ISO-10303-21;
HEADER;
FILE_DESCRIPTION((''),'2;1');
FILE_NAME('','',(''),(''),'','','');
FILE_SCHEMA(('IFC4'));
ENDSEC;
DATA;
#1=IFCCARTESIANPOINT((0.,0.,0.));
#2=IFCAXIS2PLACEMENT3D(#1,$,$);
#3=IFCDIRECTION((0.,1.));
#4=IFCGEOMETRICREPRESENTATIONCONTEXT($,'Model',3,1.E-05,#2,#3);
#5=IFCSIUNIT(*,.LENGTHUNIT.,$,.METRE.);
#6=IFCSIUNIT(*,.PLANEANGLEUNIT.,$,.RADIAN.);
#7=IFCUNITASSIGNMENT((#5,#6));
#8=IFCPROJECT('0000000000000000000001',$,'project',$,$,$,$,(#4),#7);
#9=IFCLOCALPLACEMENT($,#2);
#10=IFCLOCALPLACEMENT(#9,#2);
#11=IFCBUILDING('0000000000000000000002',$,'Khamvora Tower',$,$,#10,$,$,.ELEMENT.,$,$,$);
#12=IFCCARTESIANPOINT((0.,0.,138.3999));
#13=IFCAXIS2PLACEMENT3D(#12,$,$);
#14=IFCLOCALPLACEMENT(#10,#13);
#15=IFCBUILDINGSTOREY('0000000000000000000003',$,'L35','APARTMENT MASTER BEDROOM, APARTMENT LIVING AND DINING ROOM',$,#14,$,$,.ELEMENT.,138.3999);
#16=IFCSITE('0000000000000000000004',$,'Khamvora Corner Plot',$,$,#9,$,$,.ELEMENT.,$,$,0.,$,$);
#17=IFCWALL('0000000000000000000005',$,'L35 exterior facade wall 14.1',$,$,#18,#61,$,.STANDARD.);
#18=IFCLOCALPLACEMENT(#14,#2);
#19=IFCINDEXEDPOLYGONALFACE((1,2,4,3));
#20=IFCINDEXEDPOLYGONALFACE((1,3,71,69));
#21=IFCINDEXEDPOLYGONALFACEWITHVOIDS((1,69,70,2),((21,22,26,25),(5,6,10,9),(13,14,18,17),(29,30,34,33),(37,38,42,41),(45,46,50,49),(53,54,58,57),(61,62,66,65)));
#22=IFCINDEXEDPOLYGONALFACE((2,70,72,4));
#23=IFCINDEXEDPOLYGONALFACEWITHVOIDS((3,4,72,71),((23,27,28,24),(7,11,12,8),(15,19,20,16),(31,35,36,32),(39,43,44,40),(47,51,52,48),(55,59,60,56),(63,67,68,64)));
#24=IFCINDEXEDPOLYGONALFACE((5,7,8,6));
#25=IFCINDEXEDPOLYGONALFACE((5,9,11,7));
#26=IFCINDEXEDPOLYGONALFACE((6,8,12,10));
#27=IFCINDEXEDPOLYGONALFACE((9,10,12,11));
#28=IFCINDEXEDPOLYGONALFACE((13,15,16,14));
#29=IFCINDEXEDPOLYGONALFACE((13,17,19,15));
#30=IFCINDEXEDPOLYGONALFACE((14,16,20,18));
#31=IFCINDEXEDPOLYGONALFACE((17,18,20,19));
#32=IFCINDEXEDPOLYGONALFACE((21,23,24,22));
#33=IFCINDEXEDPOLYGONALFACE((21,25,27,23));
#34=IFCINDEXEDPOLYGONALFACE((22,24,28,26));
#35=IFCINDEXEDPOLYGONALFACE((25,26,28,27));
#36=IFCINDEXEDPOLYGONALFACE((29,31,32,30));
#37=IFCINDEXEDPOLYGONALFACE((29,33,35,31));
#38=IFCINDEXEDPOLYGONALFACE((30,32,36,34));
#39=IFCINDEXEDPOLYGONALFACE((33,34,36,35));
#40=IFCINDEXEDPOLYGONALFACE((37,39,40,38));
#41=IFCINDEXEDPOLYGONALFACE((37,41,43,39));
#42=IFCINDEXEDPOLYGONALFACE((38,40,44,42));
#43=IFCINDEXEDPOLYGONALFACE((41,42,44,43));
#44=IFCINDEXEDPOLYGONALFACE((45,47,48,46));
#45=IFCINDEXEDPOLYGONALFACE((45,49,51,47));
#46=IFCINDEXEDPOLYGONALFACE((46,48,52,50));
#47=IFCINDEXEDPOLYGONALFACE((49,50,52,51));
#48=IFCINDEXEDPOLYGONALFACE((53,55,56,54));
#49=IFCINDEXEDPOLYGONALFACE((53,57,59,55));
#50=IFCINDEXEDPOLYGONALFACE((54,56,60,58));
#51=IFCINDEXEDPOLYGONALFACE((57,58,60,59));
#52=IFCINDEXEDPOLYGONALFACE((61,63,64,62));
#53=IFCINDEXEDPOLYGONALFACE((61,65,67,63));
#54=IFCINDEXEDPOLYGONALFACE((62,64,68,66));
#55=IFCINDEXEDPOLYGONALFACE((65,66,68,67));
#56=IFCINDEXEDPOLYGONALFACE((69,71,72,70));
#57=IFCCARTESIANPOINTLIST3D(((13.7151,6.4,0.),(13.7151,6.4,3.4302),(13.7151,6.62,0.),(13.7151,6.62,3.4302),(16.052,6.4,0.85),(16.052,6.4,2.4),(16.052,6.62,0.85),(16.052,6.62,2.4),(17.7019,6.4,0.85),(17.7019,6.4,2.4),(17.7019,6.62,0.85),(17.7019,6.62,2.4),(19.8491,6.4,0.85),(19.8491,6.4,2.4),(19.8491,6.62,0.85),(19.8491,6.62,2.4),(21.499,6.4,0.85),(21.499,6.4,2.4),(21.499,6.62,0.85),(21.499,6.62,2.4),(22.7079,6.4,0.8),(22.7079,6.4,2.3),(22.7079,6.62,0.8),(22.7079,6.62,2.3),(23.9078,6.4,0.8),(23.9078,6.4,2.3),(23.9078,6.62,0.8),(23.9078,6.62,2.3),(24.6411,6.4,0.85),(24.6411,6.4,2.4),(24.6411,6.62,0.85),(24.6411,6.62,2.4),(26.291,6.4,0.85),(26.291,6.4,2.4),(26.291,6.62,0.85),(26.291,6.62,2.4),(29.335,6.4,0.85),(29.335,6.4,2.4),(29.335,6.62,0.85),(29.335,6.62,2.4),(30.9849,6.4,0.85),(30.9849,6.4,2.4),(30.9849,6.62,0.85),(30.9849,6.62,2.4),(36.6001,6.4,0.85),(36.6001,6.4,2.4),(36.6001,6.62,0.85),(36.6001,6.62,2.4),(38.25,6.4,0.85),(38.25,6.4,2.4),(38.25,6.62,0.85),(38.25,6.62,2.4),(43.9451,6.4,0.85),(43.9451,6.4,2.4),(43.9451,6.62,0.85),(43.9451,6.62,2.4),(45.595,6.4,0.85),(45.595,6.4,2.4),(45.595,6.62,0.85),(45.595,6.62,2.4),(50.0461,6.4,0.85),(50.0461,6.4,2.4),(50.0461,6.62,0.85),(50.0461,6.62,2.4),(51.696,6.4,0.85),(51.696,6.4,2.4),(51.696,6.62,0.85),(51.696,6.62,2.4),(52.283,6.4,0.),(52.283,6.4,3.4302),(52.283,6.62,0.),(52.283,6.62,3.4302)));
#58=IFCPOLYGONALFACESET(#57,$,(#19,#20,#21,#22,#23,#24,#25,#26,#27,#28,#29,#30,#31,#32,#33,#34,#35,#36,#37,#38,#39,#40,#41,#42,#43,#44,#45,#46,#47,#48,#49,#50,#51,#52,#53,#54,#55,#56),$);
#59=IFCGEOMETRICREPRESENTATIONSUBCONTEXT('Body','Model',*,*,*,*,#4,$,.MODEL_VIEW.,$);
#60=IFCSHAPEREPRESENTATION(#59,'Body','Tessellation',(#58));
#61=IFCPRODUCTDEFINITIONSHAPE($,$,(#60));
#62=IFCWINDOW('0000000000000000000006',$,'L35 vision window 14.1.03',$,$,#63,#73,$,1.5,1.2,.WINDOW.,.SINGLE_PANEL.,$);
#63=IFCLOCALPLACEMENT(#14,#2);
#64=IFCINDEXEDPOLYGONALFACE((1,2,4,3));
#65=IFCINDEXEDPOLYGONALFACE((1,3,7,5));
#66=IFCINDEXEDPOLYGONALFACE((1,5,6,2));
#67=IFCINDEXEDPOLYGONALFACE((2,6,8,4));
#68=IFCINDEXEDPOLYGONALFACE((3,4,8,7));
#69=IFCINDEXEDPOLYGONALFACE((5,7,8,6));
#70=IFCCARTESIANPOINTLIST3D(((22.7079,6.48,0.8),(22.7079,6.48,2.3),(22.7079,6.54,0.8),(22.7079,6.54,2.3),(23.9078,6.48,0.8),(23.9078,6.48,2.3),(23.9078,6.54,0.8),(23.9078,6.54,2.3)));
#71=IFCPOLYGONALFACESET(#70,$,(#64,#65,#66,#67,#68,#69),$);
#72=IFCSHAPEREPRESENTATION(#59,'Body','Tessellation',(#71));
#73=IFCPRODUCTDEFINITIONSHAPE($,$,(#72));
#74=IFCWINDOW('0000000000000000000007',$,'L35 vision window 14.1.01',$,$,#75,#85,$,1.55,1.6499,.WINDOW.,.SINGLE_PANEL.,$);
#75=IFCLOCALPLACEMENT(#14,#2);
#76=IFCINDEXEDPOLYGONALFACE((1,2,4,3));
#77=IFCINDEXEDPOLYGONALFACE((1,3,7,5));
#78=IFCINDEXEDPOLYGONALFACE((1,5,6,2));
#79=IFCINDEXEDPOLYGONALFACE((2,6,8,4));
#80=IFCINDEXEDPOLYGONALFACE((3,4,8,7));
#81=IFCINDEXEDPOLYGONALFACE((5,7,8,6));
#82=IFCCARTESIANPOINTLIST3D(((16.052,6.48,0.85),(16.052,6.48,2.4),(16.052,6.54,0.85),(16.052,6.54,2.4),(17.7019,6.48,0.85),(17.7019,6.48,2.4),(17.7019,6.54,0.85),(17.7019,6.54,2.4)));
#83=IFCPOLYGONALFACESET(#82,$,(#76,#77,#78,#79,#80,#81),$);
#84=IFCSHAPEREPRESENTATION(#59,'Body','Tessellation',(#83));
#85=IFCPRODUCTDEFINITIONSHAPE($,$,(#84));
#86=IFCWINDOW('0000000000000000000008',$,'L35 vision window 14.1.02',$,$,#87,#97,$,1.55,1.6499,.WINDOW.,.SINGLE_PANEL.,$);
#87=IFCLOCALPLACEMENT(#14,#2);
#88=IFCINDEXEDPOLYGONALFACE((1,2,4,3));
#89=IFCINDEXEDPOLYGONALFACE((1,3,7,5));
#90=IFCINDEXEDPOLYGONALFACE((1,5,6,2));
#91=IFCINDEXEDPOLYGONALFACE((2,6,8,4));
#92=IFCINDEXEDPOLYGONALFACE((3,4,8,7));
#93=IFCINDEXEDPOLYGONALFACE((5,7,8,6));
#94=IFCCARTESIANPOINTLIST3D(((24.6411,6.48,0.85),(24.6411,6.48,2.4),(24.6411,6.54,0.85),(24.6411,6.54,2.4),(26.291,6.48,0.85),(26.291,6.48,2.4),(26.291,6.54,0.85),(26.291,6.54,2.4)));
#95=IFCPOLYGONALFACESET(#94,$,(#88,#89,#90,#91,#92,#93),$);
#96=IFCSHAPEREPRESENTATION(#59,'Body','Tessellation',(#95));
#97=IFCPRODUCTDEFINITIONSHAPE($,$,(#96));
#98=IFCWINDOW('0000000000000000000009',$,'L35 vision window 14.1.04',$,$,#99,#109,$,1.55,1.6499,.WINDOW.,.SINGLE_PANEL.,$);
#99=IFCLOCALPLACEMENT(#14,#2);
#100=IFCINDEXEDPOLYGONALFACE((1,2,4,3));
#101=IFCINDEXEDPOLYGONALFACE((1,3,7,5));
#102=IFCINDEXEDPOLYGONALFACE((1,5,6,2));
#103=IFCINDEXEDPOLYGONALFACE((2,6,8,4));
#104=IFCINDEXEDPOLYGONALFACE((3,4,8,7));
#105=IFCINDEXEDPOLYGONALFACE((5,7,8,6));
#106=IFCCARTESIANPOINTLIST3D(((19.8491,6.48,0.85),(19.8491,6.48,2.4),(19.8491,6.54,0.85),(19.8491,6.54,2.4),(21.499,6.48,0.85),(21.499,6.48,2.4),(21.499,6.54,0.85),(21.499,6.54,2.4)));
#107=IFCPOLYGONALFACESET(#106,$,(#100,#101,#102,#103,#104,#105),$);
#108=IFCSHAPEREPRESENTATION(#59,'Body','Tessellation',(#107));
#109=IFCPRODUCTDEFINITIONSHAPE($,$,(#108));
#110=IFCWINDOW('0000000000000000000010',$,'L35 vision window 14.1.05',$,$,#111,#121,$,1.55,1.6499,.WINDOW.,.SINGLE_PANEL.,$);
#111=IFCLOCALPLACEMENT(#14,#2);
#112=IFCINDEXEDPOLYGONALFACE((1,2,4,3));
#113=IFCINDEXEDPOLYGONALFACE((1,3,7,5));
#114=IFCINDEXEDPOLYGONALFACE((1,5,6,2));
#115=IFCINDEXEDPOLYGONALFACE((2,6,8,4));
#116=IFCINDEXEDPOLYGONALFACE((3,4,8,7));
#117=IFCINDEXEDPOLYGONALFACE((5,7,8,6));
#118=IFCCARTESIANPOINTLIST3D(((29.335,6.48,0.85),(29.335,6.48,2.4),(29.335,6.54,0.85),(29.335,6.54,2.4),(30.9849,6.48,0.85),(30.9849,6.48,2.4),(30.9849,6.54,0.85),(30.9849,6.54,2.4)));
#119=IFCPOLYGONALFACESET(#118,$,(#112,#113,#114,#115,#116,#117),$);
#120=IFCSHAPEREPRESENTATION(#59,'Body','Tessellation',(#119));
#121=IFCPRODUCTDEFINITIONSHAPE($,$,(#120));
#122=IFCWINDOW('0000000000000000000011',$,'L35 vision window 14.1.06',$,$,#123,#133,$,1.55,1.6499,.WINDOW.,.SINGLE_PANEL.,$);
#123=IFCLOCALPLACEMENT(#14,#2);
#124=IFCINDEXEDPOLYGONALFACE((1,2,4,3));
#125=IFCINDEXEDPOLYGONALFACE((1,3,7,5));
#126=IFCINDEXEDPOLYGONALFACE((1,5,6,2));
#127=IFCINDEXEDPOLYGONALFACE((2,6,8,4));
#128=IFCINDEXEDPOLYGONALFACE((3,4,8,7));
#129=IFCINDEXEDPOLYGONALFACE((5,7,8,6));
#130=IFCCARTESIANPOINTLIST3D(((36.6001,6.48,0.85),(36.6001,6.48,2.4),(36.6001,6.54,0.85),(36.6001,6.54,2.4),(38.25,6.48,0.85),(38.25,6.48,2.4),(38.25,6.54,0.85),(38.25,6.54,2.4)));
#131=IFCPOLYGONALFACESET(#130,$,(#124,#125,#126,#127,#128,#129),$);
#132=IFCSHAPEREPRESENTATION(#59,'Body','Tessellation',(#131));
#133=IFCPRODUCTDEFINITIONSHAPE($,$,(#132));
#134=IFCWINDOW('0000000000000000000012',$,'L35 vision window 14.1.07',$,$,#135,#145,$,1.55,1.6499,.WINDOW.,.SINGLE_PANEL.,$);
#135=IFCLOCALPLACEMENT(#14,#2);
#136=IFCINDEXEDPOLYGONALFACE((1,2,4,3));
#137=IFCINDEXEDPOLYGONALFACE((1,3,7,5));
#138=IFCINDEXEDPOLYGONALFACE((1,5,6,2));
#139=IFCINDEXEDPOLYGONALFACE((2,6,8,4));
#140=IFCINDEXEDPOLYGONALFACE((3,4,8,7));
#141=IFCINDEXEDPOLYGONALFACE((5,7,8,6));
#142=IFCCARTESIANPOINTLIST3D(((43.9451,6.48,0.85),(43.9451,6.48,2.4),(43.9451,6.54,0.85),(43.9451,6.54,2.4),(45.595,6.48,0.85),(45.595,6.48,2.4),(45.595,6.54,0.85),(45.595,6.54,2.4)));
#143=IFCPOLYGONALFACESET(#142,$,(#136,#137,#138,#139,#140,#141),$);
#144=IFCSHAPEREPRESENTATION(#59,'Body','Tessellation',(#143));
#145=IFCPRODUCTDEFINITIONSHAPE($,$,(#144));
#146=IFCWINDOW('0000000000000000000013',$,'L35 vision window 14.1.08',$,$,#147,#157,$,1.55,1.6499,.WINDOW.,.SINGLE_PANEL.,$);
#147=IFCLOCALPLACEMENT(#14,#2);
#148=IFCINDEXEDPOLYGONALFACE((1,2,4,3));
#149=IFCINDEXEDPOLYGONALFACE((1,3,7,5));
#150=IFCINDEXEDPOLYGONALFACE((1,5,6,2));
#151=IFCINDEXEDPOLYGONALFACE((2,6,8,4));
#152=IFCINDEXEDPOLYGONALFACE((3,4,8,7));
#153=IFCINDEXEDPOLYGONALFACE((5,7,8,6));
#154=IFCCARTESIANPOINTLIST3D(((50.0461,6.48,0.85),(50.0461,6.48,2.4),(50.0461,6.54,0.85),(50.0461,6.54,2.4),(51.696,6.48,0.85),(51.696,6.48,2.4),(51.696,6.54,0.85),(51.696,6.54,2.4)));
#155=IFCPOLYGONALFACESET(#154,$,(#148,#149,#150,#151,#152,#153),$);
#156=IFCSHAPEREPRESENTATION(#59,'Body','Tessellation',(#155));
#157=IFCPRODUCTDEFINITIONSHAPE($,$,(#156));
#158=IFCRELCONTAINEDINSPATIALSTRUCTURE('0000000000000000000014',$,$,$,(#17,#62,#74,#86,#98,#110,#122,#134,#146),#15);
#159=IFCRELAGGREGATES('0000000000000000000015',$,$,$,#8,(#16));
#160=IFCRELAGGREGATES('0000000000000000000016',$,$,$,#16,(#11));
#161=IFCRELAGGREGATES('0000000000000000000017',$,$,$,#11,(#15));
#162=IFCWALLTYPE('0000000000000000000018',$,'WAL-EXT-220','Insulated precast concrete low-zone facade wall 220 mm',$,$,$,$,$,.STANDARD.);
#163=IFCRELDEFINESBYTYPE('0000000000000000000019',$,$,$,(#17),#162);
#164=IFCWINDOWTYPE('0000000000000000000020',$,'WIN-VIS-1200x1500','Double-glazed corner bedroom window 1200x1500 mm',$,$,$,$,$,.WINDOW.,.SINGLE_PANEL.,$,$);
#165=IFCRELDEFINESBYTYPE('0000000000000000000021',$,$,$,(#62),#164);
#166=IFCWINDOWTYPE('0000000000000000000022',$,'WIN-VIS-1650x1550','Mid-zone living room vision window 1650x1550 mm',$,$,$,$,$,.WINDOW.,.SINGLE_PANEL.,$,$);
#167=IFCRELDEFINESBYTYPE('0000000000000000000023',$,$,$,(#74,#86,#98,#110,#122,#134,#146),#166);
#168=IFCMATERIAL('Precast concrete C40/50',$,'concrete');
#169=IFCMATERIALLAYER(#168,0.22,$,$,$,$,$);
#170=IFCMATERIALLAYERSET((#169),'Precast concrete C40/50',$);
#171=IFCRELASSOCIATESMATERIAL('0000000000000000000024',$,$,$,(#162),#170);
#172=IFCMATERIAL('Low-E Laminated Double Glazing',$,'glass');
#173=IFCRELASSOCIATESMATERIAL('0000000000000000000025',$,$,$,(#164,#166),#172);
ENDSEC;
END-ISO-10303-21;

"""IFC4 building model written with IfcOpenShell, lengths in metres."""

from ifc_helpers import new_model, si_unit, direction, frame, frame_2d, origin, place, context, subcontext, project, spatial, rectangle, extrude, material, layer, layer_set, type_object, element, fill, save


model = new_model("IFC4")

# Units and contexts
model_context = context("Model", 3, precision=1e-05, world=origin(), true_north=direction((0.0, 1.0)))
body_context = subcontext(model_context, "Body", "Model", "MODEL_VIEW")
ifc_project = project(units=[si_unit("LENGTHUNIT", "METRE"), si_unit("PLANEANGLEUNIT", "RADIAN")], contexts=[model_context])

# Site, building, storey
site_placement = place(None, origin())
site = spatial("IfcSite", under=ifc_project, at=site_placement, Name="Khamvora Corner Plot", CompositionType="ELEMENT", RefElevation=0.0)
building_placement = place(site_placement, origin())
building = spatial("IfcBuilding", under=site, at=building_placement, Name="Khamvora Tower", CompositionType="ELEMENT")
storey_placement = place(building_placement, frame((0.0, 0.0, 138.3999)))
storey = spatial("IfcBuildingStorey", under=building, at=storey_placement, Name="L35", Description="APARTMENT MASTER BEDROOM, APARTMENT LIVING AND DINING ROOM", CompositionType="ELEMENT", Elevation=138.3999)

# Shared definitions
ifc_material_1 = material(Name="Precast concrete C40/50", Category="concrete")
ifc_layer_1 = layer(ifc_material_1, 0.22)
ifc_layer_set_1 = layer_set([ifc_layer_1], Name="Precast concrete C40/50")
wall_type_1 = type_object("IfcWallType", Name="WAL-EXT-220", Description="Insulated precast concrete low-zone facade wall 220 mm", PredefinedType="STANDARD", material=ifc_layer_set_1)

# Wall, openings, windows
wall_1_placement = place(storey_placement, frame((52.283, 6.51, 0.0), z_axis=(0.0, 0.0, 1.0), x_axis=(-1.0, 0.0, 0.0)))
wall_1 = element("IfcWall", 1, at=wall_1_placement, inside=storey, type_object=wall_type_1, Name="L35 exterior facade wall 14.1", PredefinedType="STANDARD", context=body_context, shape_type="SweptSolid", body=[
    extrude(rectangle(XDim=38.5679, YDim=0.22, at=frame_2d((19.2839, 0.0))), origin(), (0.0, 0.0, 1.0), 3.4302),
])
opening_1_placement = place(wall_1_placement, frame((34.5811, 0.0, 0.8501)))
opening_1 = element("IfcOpeningElement", 2, at=opening_1_placement, cuts=wall_1, PredefinedType="OPENING", context=body_context, shape_type="SweptSolid", body=[
    extrude(rectangle(XDim=1.6499, YDim=1.55, at=frame_2d((0.825, 0.7749))), frame((0.0, 0.1199, 0.0), z_axis=(0.0, -1.0, 0.0), x_axis=(1.0, 0.0, 0.0)), (0.0, 0.0, 1.0), 0.24),
])
opening_2_placement = place(wall_1_placement, frame((25.9919, 0.0, 0.8501)))
opening_2 = element("IfcOpeningElement", 3, at=opening_2_placement, cuts=wall_1, PredefinedType="OPENING", context=body_context, shape_type="SweptSolid", body=[
    extrude(rectangle(XDim=1.6499, YDim=1.55, at=frame_2d((0.825, 0.7749))), frame((0.0, 0.1199, 0.0), z_axis=(0.0, -1.0, 0.0), x_axis=(1.0, 0.0, 0.0)), (0.0, 0.0, 1.0), 0.24),
])
opening_3_placement = place(wall_1_placement, frame((28.375, 0.0, 0.8)))
opening_3 = element("IfcOpeningElement", 4, at=opening_3_placement, cuts=wall_1, PredefinedType="OPENING", context=body_context, shape_type="SweptSolid", body=[
    extrude(rectangle(XDim=1.2, YDim=1.5, at=frame_2d((0.6001, 0.75))), frame((0.0, 0.1199, 0.0), z_axis=(0.0, -1.0, 0.0), x_axis=(1.0, 0.0, 0.0)), (0.0, 0.0, 1.0), 0.24),
])
opening_4_placement = place(wall_1_placement, frame((30.7839, 0.0, 0.8501)))
opening_4 = element("IfcOpeningElement", 5, at=opening_4_placement, cuts=wall_1, PredefinedType="OPENING", context=body_context, shape_type="SweptSolid", body=[
    extrude(rectangle(XDim=1.6499, YDim=1.55, at=frame_2d((0.825, 0.7749))), frame((0.0, 0.1199, 0.0), z_axis=(0.0, -1.0, 0.0), x_axis=(1.0, 0.0, 0.0)), (0.0, 0.0, 1.0), 0.24),
])
opening_5_placement = place(wall_1_placement, frame((21.2981, 0.0, 0.8501)))
opening_5 = element("IfcOpeningElement", 6, at=opening_5_placement, cuts=wall_1, PredefinedType="OPENING", context=body_context, shape_type="SweptSolid", body=[
    extrude(rectangle(XDim=1.6499, YDim=1.55, at=frame_2d((0.825, 0.7749))), frame((0.0, 0.1199, 0.0), z_axis=(0.0, -1.0, 0.0), x_axis=(1.0, 0.0, 0.0)), (0.0, 0.0, 1.0), 0.24),
])
opening_6_placement = place(wall_1_placement, frame((14.033, 0.0, 0.8501)))
opening_6 = element("IfcOpeningElement", 7, at=opening_6_placement, cuts=wall_1, PredefinedType="OPENING", context=body_context, shape_type="SweptSolid", body=[
    extrude(rectangle(XDim=1.6499, YDim=1.55, at=frame_2d((0.825, 0.7749))), frame((0.0, 0.1199, 0.0), z_axis=(0.0, -1.0, 0.0), x_axis=(1.0, 0.0, 0.0)), (0.0, 0.0, 1.0), 0.24),
])
opening_7_placement = place(wall_1_placement, frame((6.688, 0.0, 0.8501)))
opening_7 = element("IfcOpeningElement", 8, at=opening_7_placement, cuts=wall_1, PredefinedType="OPENING", context=body_context, shape_type="SweptSolid", body=[
    extrude(rectangle(XDim=1.6499, YDim=1.55, at=frame_2d((0.825, 0.7749))), frame((0.0, 0.1199, 0.0), z_axis=(0.0, -1.0, 0.0), x_axis=(1.0, 0.0, 0.0)), (0.0, 0.0, 1.0), 0.24),
])
opening_8_placement = place(wall_1_placement, frame((0.5869, 0.0, 0.8501)))
opening_8 = element("IfcOpeningElement", 9, at=opening_8_placement, cuts=wall_1, PredefinedType="OPENING", context=body_context, shape_type="SweptSolid", body=[
    extrude(rectangle(XDim=1.6499, YDim=1.55, at=frame_2d((0.825, 0.7749))), frame((0.0, 0.1199, 0.0), z_axis=(0.0, -1.0, 0.0), x_axis=(1.0, 0.0, 0.0)), (0.0, 0.0, 1.0), 0.24),
])
ifc_material_2 = material(Name="Low-E Laminated Double Glazing", Category="glass")
window_type_1 = type_object("IfcWindowType", Name="WIN-VIS-1200x1500", Description="Double-glazed corner bedroom window 1200x1500 mm", PartitioningType="SINGLE_PANEL", PredefinedType="WINDOW", material=ifc_material_2)
window_1_placement = place(opening_3_placement, origin())
window_1 = element("IfcWindow", 10, at=window_1_placement, inside=storey, type_object=window_type_1, Name="L35 vision window 14.1.03", OverallHeight=1.5, OverallWidth=1.2, PartitioningType="SINGLE_PANEL", PredefinedType="WINDOW", context=body_context, shape_type="SweptSolid", body=[
    extrude(rectangle(XDim=1.2, YDim=1.5, at=frame_2d((0.6001, 0.75))), frame((0.0, 0.03, 0.0), z_axis=(0.0, -1.0, 0.0), x_axis=(1.0, 0.0, 0.0)), (0.0, 0.0, 1.0), 0.0601),
])
fill(opening_3, window_1)
window_type_2 = type_object("IfcWindowType", Name="WIN-VIS-1650x1550", Description="Mid-zone living room vision window 1650x1550 mm", PartitioningType="SINGLE_PANEL", PredefinedType="WINDOW", material=ifc_material_2)
window_2_placement = place(opening_1_placement, origin())
window_2 = element("IfcWindow", 11, at=window_2_placement, inside=storey, type_object=window_type_2, Name="L35 vision window 14.1.01", OverallHeight=1.55, OverallWidth=1.6499, PartitioningType="SINGLE_PANEL", PredefinedType="WINDOW", context=body_context, shape_type="SweptSolid", body=[
    extrude(rectangle(XDim=1.6499, YDim=1.55, at=frame_2d((0.825, 0.7749))), frame((0.0, 0.03, 0.0), z_axis=(0.0, -1.0, 0.0), x_axis=(1.0, 0.0, 0.0)), (0.0, 0.0, 1.0), 0.0601),
])
fill(opening_1, window_2)
window_3_placement = place(opening_2_placement, origin())
window_3 = element("IfcWindow", 12, at=window_3_placement, inside=storey, type_object=window_type_2, Name="L35 vision window 14.1.02", OverallHeight=1.55, OverallWidth=1.6499, PartitioningType="SINGLE_PANEL", PredefinedType="WINDOW", context=body_context, shape_type="SweptSolid", body=[
    extrude(rectangle(XDim=1.6499, YDim=1.55, at=frame_2d((0.825, 0.7749))), frame((0.0, 0.03, 0.0), z_axis=(0.0, -1.0, 0.0), x_axis=(1.0, 0.0, 0.0)), (0.0, 0.0, 1.0), 0.0601),
])
fill(opening_2, window_3)
window_4_placement = place(opening_4_placement, origin())
window_4 = element("IfcWindow", 13, at=window_4_placement, inside=storey, type_object=window_type_2, Name="L35 vision window 14.1.04", OverallHeight=1.55, OverallWidth=1.6499, PartitioningType="SINGLE_PANEL", PredefinedType="WINDOW", context=body_context, shape_type="SweptSolid", body=[
    extrude(rectangle(XDim=1.6499, YDim=1.55, at=frame_2d((0.825, 0.7749))), frame((0.0, 0.03, 0.0), z_axis=(0.0, -1.0, 0.0), x_axis=(1.0, 0.0, 0.0)), (0.0, 0.0, 1.0), 0.0601),
])
fill(opening_4, window_4)
window_5_placement = place(opening_5_placement, origin())
window_5 = element("IfcWindow", 14, at=window_5_placement, inside=storey, type_object=window_type_2, Name="L35 vision window 14.1.05", OverallHeight=1.55, OverallWidth=1.6499, PartitioningType="SINGLE_PANEL", PredefinedType="WINDOW", context=body_context, shape_type="SweptSolid", body=[
    extrude(rectangle(XDim=1.6499, YDim=1.55, at=frame_2d((0.825, 0.7749))), frame((0.0, 0.03, 0.0), z_axis=(0.0, -1.0, 0.0), x_axis=(1.0, 0.0, 0.0)), (0.0, 0.0, 1.0), 0.0601),
])
fill(opening_5, window_5)
window_6_placement = place(opening_6_placement, origin())
window_6 = element("IfcWindow", 15, at=window_6_placement, inside=storey, type_object=window_type_2, Name="L35 vision window 14.1.06", OverallHeight=1.55, OverallWidth=1.6499, PartitioningType="SINGLE_PANEL", PredefinedType="WINDOW", context=body_context, shape_type="SweptSolid", body=[
    extrude(rectangle(XDim=1.6499, YDim=1.55, at=frame_2d((0.825, 0.7749))), frame((0.0, 0.03, 0.0), z_axis=(0.0, -1.0, 0.0), x_axis=(1.0, 0.0, 0.0)), (0.0, 0.0, 1.0), 0.0601),
])
fill(opening_6, window_6)
window_7_placement = place(opening_7_placement, origin())
window_7 = element("IfcWindow", 16, at=window_7_placement, inside=storey, type_object=window_type_2, Name="L35 vision window 14.1.07", OverallHeight=1.55, OverallWidth=1.6499, PartitioningType="SINGLE_PANEL", PredefinedType="WINDOW", context=body_context, shape_type="SweptSolid", body=[
    extrude(rectangle(XDim=1.6499, YDim=1.55, at=frame_2d((0.825, 0.7749))), frame((0.0, 0.03, 0.0), z_axis=(0.0, -1.0, 0.0), x_axis=(1.0, 0.0, 0.0)), (0.0, 0.0, 1.0), 0.0601),
])
fill(opening_7, window_7)
window_8_placement = place(opening_8_placement, origin())
window_8 = element("IfcWindow", 17, at=window_8_placement, inside=storey, type_object=window_type_2, Name="L35 vision window 14.1.08", OverallHeight=1.55, OverallWidth=1.6499, PartitioningType="SINGLE_PANEL", PredefinedType="WINDOW", context=body_context, shape_type="SweptSolid", body=[
    extrude(rectangle(XDim=1.6499, YDim=1.55, at=frame_2d((0.825, 0.7749))), frame((0.0, 0.03, 0.0), z_axis=(0.0, -1.0, 0.0), x_axis=(1.0, 0.0, 0.0)), (0.0, 0.0, 1.0), 0.0601),
])
fill(opening_8, window_8)

save(model, "model.ifc")
